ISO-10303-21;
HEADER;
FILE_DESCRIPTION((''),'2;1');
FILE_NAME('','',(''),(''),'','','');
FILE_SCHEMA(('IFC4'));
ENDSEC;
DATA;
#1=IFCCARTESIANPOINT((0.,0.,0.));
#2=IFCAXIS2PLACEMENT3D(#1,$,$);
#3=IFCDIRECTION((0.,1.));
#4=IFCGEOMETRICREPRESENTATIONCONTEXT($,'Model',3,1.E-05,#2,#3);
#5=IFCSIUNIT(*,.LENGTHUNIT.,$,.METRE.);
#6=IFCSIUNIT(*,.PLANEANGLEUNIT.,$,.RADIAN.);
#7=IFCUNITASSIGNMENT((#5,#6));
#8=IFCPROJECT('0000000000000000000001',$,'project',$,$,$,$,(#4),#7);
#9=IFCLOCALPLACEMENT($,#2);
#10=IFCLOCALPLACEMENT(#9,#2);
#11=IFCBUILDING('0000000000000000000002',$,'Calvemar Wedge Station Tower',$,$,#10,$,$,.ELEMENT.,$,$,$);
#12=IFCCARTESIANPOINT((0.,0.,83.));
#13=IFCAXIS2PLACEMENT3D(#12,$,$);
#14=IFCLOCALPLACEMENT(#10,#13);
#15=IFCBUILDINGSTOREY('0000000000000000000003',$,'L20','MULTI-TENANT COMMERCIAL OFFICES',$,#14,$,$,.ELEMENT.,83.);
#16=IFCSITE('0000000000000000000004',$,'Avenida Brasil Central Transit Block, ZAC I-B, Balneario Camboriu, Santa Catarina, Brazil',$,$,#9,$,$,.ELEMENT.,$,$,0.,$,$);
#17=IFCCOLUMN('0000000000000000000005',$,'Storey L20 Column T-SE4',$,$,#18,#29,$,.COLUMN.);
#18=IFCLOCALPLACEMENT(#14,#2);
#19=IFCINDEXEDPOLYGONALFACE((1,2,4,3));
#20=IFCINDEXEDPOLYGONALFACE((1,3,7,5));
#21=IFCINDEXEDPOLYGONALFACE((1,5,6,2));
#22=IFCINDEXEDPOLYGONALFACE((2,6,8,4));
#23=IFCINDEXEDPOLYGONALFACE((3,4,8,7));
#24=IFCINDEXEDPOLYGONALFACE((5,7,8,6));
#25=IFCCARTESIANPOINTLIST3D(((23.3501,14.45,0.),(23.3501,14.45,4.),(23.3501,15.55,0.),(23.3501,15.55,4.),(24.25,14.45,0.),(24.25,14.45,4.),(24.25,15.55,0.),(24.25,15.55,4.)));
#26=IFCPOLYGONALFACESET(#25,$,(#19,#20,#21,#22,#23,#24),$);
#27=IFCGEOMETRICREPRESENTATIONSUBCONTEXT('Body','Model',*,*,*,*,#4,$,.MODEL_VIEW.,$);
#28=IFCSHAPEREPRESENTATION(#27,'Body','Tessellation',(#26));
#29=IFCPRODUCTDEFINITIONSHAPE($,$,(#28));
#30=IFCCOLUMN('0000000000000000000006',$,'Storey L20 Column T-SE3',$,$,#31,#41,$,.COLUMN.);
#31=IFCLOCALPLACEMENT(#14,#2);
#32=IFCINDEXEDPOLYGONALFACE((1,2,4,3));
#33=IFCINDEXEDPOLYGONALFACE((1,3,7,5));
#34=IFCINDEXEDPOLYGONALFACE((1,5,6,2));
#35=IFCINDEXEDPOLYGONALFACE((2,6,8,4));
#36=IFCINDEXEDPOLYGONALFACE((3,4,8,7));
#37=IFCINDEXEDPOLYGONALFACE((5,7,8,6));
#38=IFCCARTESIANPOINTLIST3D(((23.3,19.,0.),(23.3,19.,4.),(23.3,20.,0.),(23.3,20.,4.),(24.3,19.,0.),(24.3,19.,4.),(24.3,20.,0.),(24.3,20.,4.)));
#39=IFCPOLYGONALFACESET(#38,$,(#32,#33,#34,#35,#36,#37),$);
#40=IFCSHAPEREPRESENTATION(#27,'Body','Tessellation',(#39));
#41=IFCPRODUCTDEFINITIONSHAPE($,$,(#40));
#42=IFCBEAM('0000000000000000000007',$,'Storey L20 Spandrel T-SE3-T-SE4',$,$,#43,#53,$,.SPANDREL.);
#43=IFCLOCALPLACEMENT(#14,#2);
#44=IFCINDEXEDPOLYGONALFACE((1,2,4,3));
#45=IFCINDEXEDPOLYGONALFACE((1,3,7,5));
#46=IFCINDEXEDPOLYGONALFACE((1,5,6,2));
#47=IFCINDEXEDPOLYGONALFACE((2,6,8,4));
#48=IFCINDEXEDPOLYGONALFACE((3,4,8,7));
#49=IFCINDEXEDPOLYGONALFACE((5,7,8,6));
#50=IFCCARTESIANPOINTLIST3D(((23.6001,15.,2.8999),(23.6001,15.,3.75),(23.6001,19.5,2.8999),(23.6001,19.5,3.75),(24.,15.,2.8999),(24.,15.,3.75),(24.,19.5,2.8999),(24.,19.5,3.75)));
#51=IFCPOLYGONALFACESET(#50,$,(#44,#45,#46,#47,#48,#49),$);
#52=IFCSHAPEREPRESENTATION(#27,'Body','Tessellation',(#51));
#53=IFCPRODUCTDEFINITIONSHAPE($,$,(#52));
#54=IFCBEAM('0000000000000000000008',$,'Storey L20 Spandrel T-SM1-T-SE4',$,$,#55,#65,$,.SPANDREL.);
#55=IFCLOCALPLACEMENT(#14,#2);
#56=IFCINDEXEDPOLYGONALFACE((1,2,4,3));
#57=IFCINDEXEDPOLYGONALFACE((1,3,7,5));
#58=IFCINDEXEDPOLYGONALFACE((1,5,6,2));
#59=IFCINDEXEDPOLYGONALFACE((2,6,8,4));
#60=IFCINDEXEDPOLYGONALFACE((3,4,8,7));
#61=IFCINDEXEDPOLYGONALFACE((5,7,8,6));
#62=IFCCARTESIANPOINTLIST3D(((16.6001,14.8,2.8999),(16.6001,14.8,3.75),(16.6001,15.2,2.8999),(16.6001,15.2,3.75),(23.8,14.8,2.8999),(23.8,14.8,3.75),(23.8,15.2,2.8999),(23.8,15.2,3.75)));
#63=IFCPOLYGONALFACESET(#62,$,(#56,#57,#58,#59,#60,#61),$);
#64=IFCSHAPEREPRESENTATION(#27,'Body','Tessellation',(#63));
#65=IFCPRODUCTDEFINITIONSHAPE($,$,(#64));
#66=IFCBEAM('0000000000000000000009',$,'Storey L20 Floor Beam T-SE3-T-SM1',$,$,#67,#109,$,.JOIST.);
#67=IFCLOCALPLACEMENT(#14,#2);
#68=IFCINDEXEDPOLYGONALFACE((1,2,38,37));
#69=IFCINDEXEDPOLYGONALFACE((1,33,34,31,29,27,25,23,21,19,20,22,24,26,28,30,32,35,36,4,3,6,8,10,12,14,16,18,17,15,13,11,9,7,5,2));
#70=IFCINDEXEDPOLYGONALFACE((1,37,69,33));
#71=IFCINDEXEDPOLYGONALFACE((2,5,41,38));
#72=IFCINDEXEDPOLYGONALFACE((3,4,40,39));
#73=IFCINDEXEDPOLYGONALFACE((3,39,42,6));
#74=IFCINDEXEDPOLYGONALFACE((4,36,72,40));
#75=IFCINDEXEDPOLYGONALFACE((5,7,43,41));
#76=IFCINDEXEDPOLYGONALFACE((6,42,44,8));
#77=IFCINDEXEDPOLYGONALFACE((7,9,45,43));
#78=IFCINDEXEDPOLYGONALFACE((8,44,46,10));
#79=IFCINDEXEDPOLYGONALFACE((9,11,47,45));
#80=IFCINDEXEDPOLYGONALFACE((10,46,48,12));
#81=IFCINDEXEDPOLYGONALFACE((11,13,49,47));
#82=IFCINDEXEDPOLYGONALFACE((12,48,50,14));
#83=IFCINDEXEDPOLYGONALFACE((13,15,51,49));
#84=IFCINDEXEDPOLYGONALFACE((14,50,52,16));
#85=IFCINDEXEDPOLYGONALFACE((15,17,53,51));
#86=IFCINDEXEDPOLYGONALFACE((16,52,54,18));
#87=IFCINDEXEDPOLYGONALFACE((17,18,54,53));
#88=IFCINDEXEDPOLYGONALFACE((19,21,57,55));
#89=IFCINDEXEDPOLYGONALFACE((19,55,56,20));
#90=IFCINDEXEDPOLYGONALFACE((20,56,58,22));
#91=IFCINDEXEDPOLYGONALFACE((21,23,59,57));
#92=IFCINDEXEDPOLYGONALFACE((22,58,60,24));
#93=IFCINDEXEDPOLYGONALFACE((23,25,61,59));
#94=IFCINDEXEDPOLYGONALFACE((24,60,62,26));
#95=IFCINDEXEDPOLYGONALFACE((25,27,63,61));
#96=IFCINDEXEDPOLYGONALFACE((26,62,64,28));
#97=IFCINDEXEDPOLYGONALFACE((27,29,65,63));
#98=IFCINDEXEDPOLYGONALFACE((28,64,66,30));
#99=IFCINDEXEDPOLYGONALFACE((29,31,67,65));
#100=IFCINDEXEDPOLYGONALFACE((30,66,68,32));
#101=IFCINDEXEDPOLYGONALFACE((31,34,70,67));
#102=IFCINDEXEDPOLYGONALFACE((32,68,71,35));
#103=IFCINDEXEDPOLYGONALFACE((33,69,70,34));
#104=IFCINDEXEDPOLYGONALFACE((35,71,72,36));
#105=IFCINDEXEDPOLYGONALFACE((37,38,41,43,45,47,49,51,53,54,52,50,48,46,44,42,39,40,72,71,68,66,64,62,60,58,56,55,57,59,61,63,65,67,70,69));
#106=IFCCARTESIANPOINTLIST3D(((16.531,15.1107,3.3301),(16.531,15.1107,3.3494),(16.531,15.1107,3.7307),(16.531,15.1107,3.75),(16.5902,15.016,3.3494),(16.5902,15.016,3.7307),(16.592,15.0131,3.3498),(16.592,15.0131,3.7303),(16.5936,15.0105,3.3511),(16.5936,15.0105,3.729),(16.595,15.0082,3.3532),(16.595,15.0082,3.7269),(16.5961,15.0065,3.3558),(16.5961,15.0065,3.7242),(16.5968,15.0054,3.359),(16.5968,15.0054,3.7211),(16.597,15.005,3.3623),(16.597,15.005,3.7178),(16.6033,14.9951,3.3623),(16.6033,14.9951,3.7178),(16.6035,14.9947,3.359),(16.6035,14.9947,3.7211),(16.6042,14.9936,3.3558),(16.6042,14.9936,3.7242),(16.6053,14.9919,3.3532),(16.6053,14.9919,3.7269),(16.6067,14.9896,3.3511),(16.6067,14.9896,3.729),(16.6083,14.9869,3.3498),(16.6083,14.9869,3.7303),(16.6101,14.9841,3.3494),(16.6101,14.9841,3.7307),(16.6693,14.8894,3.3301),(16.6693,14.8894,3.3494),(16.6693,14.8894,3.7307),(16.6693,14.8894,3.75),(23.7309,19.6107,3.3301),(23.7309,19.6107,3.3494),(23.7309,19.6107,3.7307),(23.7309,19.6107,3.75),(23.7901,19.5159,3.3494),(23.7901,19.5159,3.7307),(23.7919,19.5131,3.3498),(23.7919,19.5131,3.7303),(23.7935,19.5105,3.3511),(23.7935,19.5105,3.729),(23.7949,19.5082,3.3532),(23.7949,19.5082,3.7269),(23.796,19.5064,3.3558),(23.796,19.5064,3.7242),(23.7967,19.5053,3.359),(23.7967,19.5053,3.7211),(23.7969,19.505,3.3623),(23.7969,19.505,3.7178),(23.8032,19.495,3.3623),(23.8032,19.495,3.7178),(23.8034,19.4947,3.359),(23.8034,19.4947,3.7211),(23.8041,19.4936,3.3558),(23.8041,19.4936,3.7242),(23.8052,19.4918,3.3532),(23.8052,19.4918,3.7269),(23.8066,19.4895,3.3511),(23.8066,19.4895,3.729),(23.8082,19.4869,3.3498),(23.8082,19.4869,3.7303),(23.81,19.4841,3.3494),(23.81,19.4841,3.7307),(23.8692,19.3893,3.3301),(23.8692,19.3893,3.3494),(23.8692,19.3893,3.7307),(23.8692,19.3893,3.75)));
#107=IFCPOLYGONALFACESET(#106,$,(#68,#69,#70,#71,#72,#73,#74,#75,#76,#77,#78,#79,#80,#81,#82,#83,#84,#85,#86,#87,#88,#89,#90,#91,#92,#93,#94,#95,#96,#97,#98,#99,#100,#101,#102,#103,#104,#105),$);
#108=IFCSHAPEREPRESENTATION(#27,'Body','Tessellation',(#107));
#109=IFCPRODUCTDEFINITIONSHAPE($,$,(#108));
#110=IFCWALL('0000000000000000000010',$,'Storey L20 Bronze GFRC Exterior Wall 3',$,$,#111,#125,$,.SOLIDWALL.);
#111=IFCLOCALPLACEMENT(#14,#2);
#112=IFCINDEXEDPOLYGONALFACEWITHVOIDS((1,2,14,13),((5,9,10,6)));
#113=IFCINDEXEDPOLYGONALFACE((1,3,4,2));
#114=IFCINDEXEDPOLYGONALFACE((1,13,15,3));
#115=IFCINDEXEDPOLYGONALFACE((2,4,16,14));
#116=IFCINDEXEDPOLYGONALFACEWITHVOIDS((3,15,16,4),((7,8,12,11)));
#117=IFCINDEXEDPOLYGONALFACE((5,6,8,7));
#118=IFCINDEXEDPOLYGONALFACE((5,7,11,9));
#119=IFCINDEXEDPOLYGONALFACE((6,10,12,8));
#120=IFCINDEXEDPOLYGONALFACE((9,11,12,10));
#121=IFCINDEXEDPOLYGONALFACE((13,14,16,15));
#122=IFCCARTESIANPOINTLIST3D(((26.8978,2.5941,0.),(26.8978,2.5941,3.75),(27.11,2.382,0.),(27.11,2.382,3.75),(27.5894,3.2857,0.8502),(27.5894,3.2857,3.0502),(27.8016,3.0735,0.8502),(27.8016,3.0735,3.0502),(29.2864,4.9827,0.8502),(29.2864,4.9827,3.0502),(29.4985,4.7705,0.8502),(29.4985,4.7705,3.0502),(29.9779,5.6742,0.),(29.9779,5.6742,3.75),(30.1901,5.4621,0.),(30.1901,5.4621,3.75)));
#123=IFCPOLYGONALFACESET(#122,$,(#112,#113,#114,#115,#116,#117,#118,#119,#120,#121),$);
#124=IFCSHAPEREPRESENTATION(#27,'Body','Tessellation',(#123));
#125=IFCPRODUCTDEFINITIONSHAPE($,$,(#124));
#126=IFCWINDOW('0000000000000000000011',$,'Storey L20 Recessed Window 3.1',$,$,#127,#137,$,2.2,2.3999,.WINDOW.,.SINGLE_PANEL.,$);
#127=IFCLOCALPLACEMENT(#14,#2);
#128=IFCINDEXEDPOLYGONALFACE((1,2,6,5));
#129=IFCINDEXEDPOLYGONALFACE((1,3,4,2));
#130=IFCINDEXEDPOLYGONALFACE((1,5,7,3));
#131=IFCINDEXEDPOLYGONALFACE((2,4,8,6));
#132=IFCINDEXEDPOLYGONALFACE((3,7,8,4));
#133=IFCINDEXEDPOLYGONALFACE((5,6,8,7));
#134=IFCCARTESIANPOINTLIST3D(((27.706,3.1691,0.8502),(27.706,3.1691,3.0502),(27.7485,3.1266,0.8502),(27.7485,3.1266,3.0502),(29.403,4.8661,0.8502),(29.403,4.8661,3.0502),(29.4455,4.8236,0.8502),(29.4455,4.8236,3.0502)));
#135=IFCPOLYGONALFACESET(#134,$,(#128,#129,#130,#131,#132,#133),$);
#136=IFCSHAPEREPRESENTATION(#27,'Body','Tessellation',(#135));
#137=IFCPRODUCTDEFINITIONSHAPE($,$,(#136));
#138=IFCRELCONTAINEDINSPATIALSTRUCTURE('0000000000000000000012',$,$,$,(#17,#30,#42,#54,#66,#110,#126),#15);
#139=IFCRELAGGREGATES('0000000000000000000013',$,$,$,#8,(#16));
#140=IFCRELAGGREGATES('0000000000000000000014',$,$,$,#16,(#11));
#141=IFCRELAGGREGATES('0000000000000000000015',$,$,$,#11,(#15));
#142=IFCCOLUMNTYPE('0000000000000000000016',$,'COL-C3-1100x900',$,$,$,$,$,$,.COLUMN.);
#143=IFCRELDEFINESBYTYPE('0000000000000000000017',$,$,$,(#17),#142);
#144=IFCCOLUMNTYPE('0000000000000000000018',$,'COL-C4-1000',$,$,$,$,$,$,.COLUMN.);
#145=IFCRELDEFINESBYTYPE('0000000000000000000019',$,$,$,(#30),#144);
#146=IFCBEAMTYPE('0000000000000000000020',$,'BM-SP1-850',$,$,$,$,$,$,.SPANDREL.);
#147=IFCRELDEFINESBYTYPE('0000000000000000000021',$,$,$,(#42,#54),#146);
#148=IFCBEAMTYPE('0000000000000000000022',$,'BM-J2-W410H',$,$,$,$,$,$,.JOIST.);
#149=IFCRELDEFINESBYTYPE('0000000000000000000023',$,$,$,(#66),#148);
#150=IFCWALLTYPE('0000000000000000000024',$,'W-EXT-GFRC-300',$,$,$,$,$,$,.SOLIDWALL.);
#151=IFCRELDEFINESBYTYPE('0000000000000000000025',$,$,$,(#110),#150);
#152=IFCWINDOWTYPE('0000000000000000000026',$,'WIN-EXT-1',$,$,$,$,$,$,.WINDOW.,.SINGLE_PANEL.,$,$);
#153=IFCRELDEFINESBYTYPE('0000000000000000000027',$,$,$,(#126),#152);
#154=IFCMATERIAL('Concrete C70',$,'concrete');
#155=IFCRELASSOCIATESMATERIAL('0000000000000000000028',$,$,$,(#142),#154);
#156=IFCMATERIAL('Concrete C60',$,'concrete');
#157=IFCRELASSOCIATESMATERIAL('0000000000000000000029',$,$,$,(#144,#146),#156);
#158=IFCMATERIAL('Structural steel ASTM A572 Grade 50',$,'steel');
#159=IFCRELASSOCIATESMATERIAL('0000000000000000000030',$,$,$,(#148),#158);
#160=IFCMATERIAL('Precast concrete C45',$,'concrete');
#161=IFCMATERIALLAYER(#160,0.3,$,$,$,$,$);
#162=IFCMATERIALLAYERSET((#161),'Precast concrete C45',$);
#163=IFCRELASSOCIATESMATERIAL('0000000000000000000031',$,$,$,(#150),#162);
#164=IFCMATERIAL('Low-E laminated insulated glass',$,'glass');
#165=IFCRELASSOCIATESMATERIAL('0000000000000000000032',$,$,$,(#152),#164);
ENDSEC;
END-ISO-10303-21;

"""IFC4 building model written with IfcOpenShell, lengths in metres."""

from ifc_helpers import new_model, si_unit, direction, frame, frame_2d, origin, origin_2d, place, context, subcontext, project, spatial, rectangle, i_section, extrude, source, transform, mapped, material, layer, layer_set, material_profile, profile_set, type_object, element, fill, save


model = new_model("IFC4")

# Units and contexts
model_context = context("Model", 3, precision=1e-05, world=origin(), true_north=direction((0.0, 1.0)))
body_context = subcontext(model_context, "Body", "Model", "MODEL_VIEW")
ifc_project = project(units=[si_unit("LENGTHUNIT", "METRE"), si_unit("PLANEANGLEUNIT", "RADIAN")], contexts=[model_context])

# Site, building, storey
site_placement = place(None, origin())
site = spatial("IfcSite", under=ifc_project, at=site_placement, Name="Avenida Brasil Central Transit Block, ZAC I-B, Balneario Camboriu, Santa Catarina, Brazil", CompositionType="ELEMENT", RefElevation=0.0)
building_placement = place(site_placement, origin())
building = spatial("IfcBuilding", under=site, at=building_placement, Name="Calvemar Wedge Station Tower", CompositionType="ELEMENT")
storey_placement = place(building_placement, frame((0.0, 0.0, 83.0)))
storey = spatial("IfcBuildingStorey", under=building, at=storey_placement, Name="L20", Description="MULTI-TENANT COMMERCIAL OFFICES", CompositionType="ELEMENT", Elevation=83.0)

# Columns
ifc_material_1 = material(Name="Concrete C70", Category="concrete")
ifc_material_profile_1 = material_profile(ifc_material_1, rectangle(XDim=0.8999, YDim=1.1001, at=origin_2d()), Name="RC1100x900")
ifc_profile_set_1 = profile_set([ifc_material_profile_1], Name="Concrete C70")
column_type_1 = type_object("IfcColumnType", Name="COL-C3-1100x900", PredefinedType="COLUMN", material=ifc_profile_set_1)
shared_shape_1 = source(origin(), body_context, "Body", "SweptSolid", [
    extrude(rectangle(XDim=0.8999, YDim=1.1001, at=origin_2d()), origin(), (0.0, 0.0, 1.0), 4.0),
])
column_1_placement = place(storey_placement, frame((23.8, 15.0, 0.0), z_axis=(0.0, 0.0, 1.0), x_axis=(1.0, 0.0, 0.0)))
element("IfcColumn", 1, at=column_1_placement, inside=storey, type_object=column_type_1, Name="Storey L20 Column T-SE4", PredefinedType="COLUMN", context=body_context, shape_type="MappedRepresentation", body=[
    mapped(shared_shape_1, transform((0.0, 0.0, 0.0), scale=1.0)),
])
ifc_material_2 = material(Name="Concrete C60", Category="concrete")
ifc_material_profile_2 = material_profile(ifc_material_2, rectangle(XDim=1.0, YDim=1.0, at=origin_2d()), Name="RC1000x1000")
ifc_profile_set_2 = profile_set([ifc_material_profile_2], Name="Concrete C60")
column_type_2 = type_object("IfcColumnType", Name="COL-C4-1000", PredefinedType="COLUMN", material=ifc_profile_set_2)
shared_shape_2 = source(origin(), body_context, "Body", "SweptSolid", [
    extrude(rectangle(XDim=1.0, YDim=1.0, at=origin_2d()), origin(), (0.0, 0.0, 1.0), 4.0),
])
column_2_placement = place(storey_placement, frame((23.8, 19.5, 0.0), z_axis=(0.0, 0.0, 1.0), x_axis=(1.0, 0.0, 0.0)))
element("IfcColumn", 2, at=column_2_placement, inside=storey, type_object=column_type_2, Name="Storey L20 Column T-SE3", PredefinedType="COLUMN", context=body_context, shape_type="MappedRepresentation", body=[
    mapped(shared_shape_2, transform((0.0, 0.0, 0.0), scale=1.0)),
])

# Beams
ifc_material_profile_3 = material_profile(ifc_material_2, rectangle(XDim=0.3999, YDim=0.8501, at=origin_2d()), Name="RC400x850")
ifc_profile_set_3 = profile_set([ifc_material_profile_3], Name="Concrete C60")
beam_type_1 = type_object("IfcBeamType", Name="BM-SP1-850", PredefinedType="SPANDREL", material=ifc_profile_set_3)
shared_shape_3 = source(origin(), body_context, "Body", "SweptSolid", [
    extrude(rectangle(XDim=0.3999, YDim=0.8501, at=origin_2d()), origin(), (0.0, 0.0, 1.0), 4.5),
])
beam_1_placement = place(storey_placement, frame((23.8, 19.5, 3.325), z_axis=(0.0, -1.0, 0.0), x_axis=(1.0, 0.0, 0.0)))
element("IfcBeam", 3, at=beam_1_placement, inside=storey, type_object=beam_type_1, Name="Storey L20 Spandrel T-SE3-T-SE4", PredefinedType="SPANDREL", context=body_context, shape_type="MappedRepresentation", body=[
    mapped(shared_shape_3, transform((0.0, 0.0, 0.0), scale=1.0)),
])
shared_shape_4 = source(origin(), body_context, "Body", "SweptSolid", [
    extrude(rectangle(XDim=0.3999, YDim=0.8501, at=origin_2d()), origin(), (0.0, 0.0, 1.0), 7.2),
])
beam_2_placement = place(storey_placement, frame((16.6001, 15.0, 3.325), z_axis=(1.0, 0.0, 0.0), x_axis=(0.0, 1.0, 0.0)))
element("IfcBeam", 4, at=beam_2_placement, inside=storey, type_object=beam_type_1, Name="Storey L20 Spandrel T-SM1-T-SE4", PredefinedType="SPANDREL", context=body_context, shape_type="MappedRepresentation", body=[
    mapped(shared_shape_4, transform((0.0, 0.0, 0.0), scale=1.0)),
])
ifc_material_3 = material(Name="Structural steel ASTM A572 Grade 50", Category="steel")
ifc_material_profile_4 = material_profile(ifc_material_3, i_section(OverallWidth=0.261, OverallDepth=0.4199, WebThickness=0.0117, FlangeThickness=0.0193, FilletRadius=0.0129, at=origin_2d()), Name="W410x114")
ifc_profile_set_4 = profile_set([ifc_material_profile_4], Name="Structural steel ASTM A572 Grade 50")
beam_type_2 = type_object("IfcBeamType", Name="BM-J2-W410H", PredefinedType="JOIST", material=ifc_profile_set_4)
shared_shape_5 = source(origin(), body_context, "Body", "SweptSolid", [
    extrude(i_section(OverallWidth=0.261, OverallDepth=0.4199, WebThickness=0.0117, FlangeThickness=0.0193, FilletRadius=0.0129, at=origin_2d()), origin(), (0.0, 0.0, 1.0), 8.4905),
])
beam_3_placement = place(storey_placement, frame((23.8, 19.5, 3.54), z_axis=(-0.847997, -0.530002, 0.0), x_axis=(0.530002, -0.847997, 0.0)))
element("IfcBeam", 5, at=beam_3_placement, inside=storey, type_object=beam_type_2, Name="Storey L20 Floor Beam T-SE3-T-SM1", PredefinedType="JOIST", context=body_context, shape_type="MappedRepresentation", body=[
    mapped(shared_shape_5, transform((0.0, 0.0, 0.0), scale=1.0)),
])

# Wall, opening, window
ifc_material_4 = material(Name="Precast concrete C45", Category="concrete")
ifc_layer_1 = layer(ifc_material_4, 0.3)
ifc_layer_set_1 = layer_set([ifc_layer_1], Name="Precast concrete C45")
wall_type_1 = type_object("IfcWallType", Name="W-EXT-GFRC-300", PredefinedType="SOLIDWALL", material=ifc_layer_set_1)
wall_1_placement = place(storey_placement, frame((27.0039, 2.488, 0.0), z_axis=(0.0, 0.0, 1.0), x_axis=(0.707107, 0.707107, 0.0)))
wall_1 = element("IfcWall", 6, at=wall_1_placement, inside=storey, type_object=wall_type_1, Name="Storey L20 Bronze GFRC Exterior Wall 3", PredefinedType="SOLIDWALL", context=body_context, shape_type="SweptSolid", body=[
    extrude(rectangle(XDim=4.356, YDim=0.3, at=frame_2d((2.178, 0.0))), origin(), (0.0, 0.0, 1.0), 3.75),
])
shared_shape_6 = source(origin(), body_context, "Body", "SweptSolid", [
    extrude(rectangle(XDim=2.3999, YDim=2.2, at=frame_2d((1.2, 1.1001))), frame((0.0, 0.1602, 0.0), z_axis=(0.0, -1.0, 0.0), x_axis=(1.0, 0.0, 0.0)), (0.0, 0.0, 1.0), 0.3201),
])
opening_1_placement = place(wall_1_placement, frame((0.978, 0.0, 0.8501)))
opening_1 = element("IfcOpeningElement", 7, at=opening_1_placement, cuts=wall_1, PredefinedType="OPENING", context=body_context, shape_type="MappedRepresentation", body=[
    mapped(shared_shape_6, transform((0.0, 0.0, 0.0), scale=1.0)),
])
ifc_material_5 = material(Name="Low-E laminated insulated glass", Category="glass")
window_type = type_object("IfcWindowType", Name="WIN-EXT-1", PartitioningType="SINGLE_PANEL", PredefinedType="WINDOW", material=ifc_material_5)
shared_shape_7 = source(origin(), body_context, "Body", "SweptSolid", [
    extrude(rectangle(XDim=2.3999, YDim=2.2, at=frame_2d((1.2, 1.1001))), frame((0.0, -0.0149, 0.0), z_axis=(0.0, -1.0, 0.0), x_axis=(1.0, 0.0, 0.0)), (0.0, 0.0, 1.0), 0.0601),
])
window_placement = place(opening_1_placement, origin())
window = element("IfcWindow", 8, at=window_placement, inside=storey, type_object=window_type, Name="Storey L20 Recessed Window 3.1", OverallHeight=2.2, OverallWidth=2.3999, PartitioningType="SINGLE_PANEL", PredefinedType="WINDOW", context=body_context, shape_type="MappedRepresentation", body=[
    mapped(shared_shape_7, transform((0.0, 0.0, 0.0), scale=1.0)),
])
fill(opening_1, window)

save(model, "model.ifc")
